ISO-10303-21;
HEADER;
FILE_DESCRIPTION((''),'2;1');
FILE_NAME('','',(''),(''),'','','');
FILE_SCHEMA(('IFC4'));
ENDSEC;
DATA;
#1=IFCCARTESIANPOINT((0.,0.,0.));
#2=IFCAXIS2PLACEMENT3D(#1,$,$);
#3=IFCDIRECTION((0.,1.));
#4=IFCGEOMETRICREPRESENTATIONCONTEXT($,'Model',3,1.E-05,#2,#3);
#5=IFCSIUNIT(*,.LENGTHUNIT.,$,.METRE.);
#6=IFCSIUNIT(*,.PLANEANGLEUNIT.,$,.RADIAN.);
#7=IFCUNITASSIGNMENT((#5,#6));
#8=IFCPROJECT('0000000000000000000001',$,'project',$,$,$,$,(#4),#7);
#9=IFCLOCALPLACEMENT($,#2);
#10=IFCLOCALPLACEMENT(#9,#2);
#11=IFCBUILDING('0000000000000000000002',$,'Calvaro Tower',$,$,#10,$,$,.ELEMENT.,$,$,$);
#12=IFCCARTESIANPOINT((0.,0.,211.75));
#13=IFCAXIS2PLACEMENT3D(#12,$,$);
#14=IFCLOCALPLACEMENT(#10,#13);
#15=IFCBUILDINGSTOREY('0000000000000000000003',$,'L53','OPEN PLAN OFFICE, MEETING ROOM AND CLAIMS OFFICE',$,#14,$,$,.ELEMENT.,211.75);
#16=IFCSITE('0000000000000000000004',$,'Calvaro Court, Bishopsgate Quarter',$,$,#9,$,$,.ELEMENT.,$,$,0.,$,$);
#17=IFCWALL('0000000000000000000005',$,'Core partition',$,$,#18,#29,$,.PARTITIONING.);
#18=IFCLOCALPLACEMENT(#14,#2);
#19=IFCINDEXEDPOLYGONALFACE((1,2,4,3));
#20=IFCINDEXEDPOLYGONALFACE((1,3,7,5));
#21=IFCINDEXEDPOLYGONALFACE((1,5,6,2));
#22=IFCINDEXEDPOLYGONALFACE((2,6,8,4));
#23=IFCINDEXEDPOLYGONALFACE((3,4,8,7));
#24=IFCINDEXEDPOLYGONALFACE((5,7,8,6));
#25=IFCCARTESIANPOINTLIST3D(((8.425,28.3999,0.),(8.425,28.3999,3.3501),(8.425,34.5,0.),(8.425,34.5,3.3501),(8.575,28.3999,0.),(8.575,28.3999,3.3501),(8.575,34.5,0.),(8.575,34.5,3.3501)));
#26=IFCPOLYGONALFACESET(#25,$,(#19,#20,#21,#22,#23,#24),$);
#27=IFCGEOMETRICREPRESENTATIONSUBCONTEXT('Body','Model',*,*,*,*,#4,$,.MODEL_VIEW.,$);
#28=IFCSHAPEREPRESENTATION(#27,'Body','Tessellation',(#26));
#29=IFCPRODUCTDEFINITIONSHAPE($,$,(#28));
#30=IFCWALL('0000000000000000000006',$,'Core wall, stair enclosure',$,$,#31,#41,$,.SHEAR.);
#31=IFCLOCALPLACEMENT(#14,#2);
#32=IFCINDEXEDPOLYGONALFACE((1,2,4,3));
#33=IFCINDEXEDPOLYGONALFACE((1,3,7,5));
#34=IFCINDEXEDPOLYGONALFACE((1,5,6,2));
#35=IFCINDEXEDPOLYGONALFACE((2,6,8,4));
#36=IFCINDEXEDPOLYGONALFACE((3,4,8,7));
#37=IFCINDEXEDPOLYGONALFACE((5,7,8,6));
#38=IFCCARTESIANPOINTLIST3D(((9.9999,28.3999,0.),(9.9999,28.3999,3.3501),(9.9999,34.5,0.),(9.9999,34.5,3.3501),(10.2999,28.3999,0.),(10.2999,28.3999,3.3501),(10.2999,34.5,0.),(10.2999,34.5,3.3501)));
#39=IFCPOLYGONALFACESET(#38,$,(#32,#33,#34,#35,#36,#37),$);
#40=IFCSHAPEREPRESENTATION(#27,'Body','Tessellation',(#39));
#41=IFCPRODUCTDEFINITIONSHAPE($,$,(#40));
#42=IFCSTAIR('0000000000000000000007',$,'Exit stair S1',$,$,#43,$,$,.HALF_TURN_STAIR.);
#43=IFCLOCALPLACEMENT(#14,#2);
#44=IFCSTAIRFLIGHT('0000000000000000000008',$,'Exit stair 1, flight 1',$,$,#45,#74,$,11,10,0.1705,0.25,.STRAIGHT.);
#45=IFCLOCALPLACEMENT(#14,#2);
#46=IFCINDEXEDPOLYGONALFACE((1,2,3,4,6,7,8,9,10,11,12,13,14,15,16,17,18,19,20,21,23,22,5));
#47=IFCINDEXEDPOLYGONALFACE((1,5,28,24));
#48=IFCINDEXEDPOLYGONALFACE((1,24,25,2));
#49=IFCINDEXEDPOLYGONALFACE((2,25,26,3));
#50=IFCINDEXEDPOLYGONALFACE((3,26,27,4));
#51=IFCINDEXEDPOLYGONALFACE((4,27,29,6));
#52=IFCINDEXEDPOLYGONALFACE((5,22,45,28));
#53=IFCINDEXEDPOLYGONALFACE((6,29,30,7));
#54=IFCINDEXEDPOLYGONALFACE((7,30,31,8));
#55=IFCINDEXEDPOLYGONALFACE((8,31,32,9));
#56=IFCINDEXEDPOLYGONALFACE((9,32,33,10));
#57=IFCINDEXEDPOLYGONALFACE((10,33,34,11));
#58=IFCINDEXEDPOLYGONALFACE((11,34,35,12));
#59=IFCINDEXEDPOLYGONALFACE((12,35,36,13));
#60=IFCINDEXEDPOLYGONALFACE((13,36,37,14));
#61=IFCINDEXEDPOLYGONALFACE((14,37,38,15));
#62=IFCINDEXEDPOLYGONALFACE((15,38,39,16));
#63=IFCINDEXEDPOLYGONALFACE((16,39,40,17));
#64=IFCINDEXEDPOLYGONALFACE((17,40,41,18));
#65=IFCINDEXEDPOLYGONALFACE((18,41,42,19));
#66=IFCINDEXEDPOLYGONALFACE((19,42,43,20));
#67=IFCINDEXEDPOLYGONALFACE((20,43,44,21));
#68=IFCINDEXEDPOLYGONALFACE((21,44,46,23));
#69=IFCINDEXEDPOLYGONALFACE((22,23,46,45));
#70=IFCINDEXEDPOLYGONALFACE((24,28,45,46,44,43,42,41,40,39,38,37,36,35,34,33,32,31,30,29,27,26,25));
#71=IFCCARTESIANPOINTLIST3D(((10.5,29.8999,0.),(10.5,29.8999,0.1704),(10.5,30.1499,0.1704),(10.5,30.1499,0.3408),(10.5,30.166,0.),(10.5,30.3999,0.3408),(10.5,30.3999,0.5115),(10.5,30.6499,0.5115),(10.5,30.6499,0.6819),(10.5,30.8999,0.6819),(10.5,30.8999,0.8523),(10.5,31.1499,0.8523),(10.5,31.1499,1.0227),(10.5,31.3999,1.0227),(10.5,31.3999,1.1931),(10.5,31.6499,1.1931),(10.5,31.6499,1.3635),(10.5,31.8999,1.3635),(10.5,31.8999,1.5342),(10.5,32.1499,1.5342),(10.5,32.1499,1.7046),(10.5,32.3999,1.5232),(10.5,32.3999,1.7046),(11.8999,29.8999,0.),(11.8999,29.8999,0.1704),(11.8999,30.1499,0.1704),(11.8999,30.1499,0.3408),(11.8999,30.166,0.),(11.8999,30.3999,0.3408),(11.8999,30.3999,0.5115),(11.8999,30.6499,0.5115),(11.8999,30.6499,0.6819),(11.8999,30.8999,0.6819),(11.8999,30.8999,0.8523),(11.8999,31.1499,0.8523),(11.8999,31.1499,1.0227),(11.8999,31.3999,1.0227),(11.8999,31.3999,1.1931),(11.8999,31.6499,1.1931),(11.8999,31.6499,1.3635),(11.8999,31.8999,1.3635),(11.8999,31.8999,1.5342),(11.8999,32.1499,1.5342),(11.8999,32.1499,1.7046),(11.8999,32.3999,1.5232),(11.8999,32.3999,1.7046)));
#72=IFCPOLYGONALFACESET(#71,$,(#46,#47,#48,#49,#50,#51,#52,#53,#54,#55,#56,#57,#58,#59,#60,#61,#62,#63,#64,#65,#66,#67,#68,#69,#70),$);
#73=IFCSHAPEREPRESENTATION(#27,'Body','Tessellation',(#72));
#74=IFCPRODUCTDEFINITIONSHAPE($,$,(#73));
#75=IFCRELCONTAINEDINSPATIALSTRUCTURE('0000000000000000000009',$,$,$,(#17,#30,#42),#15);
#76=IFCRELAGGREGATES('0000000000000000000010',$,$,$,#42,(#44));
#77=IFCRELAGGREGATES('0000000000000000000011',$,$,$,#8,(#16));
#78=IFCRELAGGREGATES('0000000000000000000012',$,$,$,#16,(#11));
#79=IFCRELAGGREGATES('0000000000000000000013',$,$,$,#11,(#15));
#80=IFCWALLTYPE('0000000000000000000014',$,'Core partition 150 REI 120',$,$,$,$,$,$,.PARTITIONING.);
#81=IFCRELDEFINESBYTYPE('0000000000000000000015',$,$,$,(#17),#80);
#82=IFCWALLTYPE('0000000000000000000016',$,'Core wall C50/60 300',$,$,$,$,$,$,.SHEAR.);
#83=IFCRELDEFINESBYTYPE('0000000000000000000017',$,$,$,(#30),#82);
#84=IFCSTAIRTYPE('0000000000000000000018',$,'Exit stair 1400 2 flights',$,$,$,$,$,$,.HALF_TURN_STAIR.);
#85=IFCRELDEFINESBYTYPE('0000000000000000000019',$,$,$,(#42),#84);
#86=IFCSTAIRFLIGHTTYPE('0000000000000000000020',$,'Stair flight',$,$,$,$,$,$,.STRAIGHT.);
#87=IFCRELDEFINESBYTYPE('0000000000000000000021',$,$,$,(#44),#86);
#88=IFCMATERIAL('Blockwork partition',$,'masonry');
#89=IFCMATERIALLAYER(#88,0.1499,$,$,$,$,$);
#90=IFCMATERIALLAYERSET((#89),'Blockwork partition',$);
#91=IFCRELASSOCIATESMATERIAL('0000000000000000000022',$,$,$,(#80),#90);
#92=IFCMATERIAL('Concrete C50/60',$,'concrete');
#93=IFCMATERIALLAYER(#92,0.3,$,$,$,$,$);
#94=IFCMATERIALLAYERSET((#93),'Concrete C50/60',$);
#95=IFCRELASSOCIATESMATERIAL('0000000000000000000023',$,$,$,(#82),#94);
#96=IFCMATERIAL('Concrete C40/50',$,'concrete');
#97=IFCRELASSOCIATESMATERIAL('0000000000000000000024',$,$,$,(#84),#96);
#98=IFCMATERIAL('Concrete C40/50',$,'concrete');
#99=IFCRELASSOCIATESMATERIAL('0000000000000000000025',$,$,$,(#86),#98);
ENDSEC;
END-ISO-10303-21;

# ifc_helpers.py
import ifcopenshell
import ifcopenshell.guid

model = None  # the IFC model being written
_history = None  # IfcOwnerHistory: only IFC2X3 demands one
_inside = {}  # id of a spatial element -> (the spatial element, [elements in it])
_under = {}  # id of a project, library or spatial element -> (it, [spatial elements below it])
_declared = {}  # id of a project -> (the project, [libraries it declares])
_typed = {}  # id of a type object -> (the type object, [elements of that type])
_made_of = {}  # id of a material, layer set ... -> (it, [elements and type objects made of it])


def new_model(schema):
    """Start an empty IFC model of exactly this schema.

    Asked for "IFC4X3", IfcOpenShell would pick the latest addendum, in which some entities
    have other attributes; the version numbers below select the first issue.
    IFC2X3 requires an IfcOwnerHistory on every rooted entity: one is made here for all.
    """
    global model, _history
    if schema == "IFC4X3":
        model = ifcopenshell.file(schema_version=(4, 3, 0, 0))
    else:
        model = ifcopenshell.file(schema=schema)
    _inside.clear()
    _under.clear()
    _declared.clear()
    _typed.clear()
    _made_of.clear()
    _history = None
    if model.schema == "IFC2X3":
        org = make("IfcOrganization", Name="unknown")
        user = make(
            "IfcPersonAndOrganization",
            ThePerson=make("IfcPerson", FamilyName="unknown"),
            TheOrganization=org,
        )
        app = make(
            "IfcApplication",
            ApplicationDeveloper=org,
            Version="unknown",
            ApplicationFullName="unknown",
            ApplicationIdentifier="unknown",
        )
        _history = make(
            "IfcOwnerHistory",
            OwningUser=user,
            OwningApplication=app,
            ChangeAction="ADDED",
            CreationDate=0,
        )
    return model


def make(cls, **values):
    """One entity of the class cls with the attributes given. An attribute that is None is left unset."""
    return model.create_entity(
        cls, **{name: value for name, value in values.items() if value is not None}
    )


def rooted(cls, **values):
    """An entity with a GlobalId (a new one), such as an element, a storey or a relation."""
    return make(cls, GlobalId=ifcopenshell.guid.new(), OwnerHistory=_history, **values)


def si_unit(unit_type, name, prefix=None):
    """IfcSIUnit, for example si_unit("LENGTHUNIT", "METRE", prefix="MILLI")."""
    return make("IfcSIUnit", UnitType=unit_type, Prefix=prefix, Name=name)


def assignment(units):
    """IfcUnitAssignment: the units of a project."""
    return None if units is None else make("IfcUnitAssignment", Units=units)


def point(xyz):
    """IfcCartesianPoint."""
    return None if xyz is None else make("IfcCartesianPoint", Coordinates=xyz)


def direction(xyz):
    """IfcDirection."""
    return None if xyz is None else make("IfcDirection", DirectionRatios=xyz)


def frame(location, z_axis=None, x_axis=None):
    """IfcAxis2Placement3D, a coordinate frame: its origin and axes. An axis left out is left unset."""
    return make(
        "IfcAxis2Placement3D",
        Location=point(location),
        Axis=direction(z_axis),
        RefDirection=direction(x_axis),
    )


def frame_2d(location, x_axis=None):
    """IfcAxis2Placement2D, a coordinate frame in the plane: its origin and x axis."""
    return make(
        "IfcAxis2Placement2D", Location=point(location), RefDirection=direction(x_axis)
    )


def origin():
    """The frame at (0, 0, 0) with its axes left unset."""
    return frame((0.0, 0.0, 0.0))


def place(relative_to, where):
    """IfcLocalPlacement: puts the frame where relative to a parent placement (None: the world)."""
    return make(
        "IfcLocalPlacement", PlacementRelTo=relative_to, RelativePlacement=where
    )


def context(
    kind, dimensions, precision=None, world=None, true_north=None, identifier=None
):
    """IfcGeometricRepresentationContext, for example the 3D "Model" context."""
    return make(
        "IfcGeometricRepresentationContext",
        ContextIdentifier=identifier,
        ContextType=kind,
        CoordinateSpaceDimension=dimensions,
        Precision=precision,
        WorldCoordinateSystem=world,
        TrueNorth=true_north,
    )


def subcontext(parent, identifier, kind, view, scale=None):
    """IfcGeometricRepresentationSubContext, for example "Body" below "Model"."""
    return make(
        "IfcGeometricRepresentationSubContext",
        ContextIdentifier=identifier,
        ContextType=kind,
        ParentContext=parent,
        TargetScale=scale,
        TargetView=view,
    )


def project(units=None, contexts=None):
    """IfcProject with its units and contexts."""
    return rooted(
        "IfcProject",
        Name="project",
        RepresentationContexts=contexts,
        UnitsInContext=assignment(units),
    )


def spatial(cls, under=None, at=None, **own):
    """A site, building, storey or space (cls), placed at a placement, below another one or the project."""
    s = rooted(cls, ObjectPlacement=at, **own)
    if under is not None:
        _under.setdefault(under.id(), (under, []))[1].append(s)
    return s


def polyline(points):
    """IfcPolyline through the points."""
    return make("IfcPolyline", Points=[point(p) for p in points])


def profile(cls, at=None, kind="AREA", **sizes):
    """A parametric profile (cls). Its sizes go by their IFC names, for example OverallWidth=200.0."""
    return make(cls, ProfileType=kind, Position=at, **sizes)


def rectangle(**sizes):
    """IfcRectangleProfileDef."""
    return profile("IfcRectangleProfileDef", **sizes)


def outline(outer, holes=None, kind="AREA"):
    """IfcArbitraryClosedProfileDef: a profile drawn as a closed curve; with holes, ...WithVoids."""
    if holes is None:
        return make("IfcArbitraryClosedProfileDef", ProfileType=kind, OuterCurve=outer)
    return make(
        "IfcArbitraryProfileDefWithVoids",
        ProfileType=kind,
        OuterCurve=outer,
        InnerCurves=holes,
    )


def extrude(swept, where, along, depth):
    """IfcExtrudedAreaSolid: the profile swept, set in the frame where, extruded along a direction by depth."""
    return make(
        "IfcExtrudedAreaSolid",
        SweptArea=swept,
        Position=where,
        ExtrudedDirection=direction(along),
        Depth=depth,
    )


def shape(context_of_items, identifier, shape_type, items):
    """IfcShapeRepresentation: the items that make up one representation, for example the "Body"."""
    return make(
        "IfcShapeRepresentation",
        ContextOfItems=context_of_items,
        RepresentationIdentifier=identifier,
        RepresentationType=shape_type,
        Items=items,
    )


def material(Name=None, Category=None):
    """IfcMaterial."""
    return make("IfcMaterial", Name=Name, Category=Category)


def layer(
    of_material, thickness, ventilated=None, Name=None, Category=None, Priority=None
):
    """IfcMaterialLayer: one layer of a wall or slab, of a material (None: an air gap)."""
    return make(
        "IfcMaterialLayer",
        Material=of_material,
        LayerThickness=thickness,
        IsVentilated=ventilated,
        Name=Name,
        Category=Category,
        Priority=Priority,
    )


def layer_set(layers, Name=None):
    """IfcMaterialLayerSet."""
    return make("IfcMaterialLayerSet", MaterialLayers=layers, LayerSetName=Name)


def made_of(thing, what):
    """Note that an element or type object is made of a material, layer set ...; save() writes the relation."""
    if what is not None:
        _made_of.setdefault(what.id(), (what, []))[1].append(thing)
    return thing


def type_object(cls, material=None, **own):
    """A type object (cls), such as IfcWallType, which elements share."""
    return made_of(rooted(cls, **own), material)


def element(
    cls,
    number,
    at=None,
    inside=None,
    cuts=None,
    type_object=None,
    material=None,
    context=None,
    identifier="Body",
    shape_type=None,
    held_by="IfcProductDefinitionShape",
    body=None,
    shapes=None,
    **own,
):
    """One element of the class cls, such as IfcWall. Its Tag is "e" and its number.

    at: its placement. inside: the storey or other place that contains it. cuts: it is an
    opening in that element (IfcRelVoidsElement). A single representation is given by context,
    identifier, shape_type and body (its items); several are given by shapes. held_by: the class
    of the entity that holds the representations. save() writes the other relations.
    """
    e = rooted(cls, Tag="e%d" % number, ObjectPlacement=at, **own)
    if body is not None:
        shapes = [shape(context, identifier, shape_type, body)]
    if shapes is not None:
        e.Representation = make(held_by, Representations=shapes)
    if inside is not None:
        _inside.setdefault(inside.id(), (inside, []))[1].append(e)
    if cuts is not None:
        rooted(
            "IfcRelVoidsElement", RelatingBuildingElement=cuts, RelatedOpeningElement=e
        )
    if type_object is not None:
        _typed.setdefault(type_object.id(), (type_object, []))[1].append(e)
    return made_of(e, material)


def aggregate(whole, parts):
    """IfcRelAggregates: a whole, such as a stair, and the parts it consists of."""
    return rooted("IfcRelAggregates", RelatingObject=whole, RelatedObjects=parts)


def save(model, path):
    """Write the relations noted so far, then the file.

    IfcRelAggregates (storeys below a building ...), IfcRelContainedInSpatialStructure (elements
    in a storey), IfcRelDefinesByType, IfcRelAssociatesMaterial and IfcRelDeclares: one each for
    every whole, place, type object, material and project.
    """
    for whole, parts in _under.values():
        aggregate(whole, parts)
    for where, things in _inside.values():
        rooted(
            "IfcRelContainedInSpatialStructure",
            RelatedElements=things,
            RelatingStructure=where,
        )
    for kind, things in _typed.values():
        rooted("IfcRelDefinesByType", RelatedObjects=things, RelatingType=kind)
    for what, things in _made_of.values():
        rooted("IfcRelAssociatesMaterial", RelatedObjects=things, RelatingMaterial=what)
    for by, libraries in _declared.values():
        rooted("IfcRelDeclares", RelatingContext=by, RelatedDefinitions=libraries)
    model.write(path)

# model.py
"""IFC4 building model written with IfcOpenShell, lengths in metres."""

from ifc_helpers import new_model, si_unit, direction, frame, frame_2d, origin, place, context, subcontext, project, spatial, polyline, rectangle, outline, extrude, material, layer, layer_set, type_object, element, aggregate, save


model = new_model("IFC4")

# Units and contexts
model_context = context("Model", 3, precision=1e-05, world=origin(), true_north=direction((0.0, 1.0)))
body_context = subcontext(model_context, "Body", "Model", "MODEL_VIEW")
ifc_project = project(units=[si_unit("LENGTHUNIT", "METRE"), si_unit("PLANEANGLEUNIT", "RADIAN")], contexts=[model_context])

# Site, building, storey
site_placement = place(None, origin())
site = spatial("IfcSite", under=ifc_project, at=site_placement, Name="Calvaro Court, Bishopsgate Quarter", CompositionType="ELEMENT", RefElevation=0.0)
building_placement = place(site_placement, origin())
building = spatial("IfcBuilding", under=site, at=building_placement, Name="Calvaro Tower", CompositionType="ELEMENT")
storey_placement = place(building_placement, frame((0.0, 0.0, 211.75)))
storey = spatial("IfcBuildingStorey", under=building, at=storey_placement, Name="L53", Description="OPEN PLAN OFFICE, MEETING ROOM AND CLAIMS OFFICE", CompositionType="ELEMENT", Elevation=211.75)

# Walls
ifc_material_1 = material(Name="Blockwork partition", Category="masonry")
ifc_layer_1 = layer(ifc_material_1, 0.1499)
ifc_layer_set_1 = layer_set([ifc_layer_1], Name="Blockwork partition")
wall_type_1 = type_object("IfcWallType", Name="Core partition 150 REI 120", PredefinedType="PARTITIONING", material=ifc_layer_set_1)
wall_1_placement = place(storey_placement, frame((8.5, 28.3999, 0.0), z_axis=(0.0, 0.0, 1.0), x_axis=(0.0, 1.0, 0.0)))
element("IfcWall", 1, at=wall_1_placement, inside=storey, type_object=wall_type_1, Name="Core partition", PredefinedType="PARTITIONING", context=body_context, shape_type="SweptSolid", body=[
    extrude(rectangle(XDim=6.1001, YDim=0.1499, at=frame_2d((3.05, 0.0))), origin(), (0.0, 0.0, 1.0), 3.3501),
])
ifc_material_2 = material(Name="Concrete C50/60", Category="concrete")
ifc_layer_2 = layer(ifc_material_2, 0.3)
ifc_layer_set_2 = layer_set([ifc_layer_2], Name="Concrete C50/60")
wall_type_2 = type_object("IfcWallType", Name="Core wall C50/60 300", PredefinedType="SHEAR", material=ifc_layer_set_2)
wall_2_placement = place(storey_placement, frame((10.1499, 28.3999, 0.0), z_axis=(0.0, 0.0, 1.0), x_axis=(0.0, 1.0, 0.0)))
element("IfcWall", 2, at=wall_2_placement, inside=storey, type_object=wall_type_2, Name="Core wall, stair enclosure", PredefinedType="SHEAR", context=body_context, shape_type="SweptSolid", body=[
    extrude(rectangle(XDim=6.1001, YDim=0.3, at=frame_2d((3.05, 0.0))), origin(), (0.0, 0.0, 1.0), 3.3501),
])

# Stair, stair flight
ifc_material_3 = material(Name="Concrete C40/50", Category="concrete")
stair_type = type_object("IfcStairType", Name="Exit stair 1400 2 flights", PredefinedType="HALF_TURN_STAIR", material=ifc_material_3)
stair_placement = place(storey_placement, origin())
stair = element("IfcStair", 3, at=stair_placement, inside=storey, type_object=stair_type, Name="Exit stair S1", PredefinedType="HALF_TURN_STAIR")
ifc_material_4 = material(Name="Concrete C40/50", Category="concrete")
stair_flight_type = type_object("IfcStairFlightType", Name="Stair flight", PredefinedType="STRAIGHT", material=ifc_material_4)
stair_flight_placement = place(storey_placement, frame((11.2, 29.8999, 0.0), z_axis=(0.0, 0.0, 1.0), x_axis=(0.0, 1.0, 0.0)))
stair_flight = element("IfcStairFlight", 4, at=stair_flight_placement, type_object=stair_flight_type, Name="Exit stair 1, flight 1", NumberOfRisers=11, NumberOfTreads=10, PredefinedType="STRAIGHT", RiserHeight=0.1705, TreadLength=0.25, context=body_context, shape_type="SweptSolid", body=[
    extrude(outline(polyline([(0.0, 0.0), (0.0, 0.1704), (0.25, 0.1704), (0.25, 0.3408), (0.5, 0.3408), (0.5, 0.5115), (0.75, 0.5115), (0.75, 0.6819), (1.0, 0.6819), (1.0, 0.8523), (1.25, 0.8523), (1.25, 1.0227), (1.5, 1.0227), (1.5, 1.1931), (1.75, 1.1931), (1.75, 1.3635), (2.0, 1.3635), (2.0, 1.5342), (2.25, 1.5342), (2.25, 1.7046), (2.5, 1.7046), (2.5, 1.875), (2.5, 1.5232), (0.2661, 0.0), (0.0, 0.0)])), frame((0.0, 0.7, 0.0), z_axis=(0.0, -1.0, 0.0), x_axis=(1.0, 0.0, 0.0)), (0.0, 0.0, 1.0), 1.3999),
])
aggregate(stair, [stair_flight])

save(model, "model.ifc")
